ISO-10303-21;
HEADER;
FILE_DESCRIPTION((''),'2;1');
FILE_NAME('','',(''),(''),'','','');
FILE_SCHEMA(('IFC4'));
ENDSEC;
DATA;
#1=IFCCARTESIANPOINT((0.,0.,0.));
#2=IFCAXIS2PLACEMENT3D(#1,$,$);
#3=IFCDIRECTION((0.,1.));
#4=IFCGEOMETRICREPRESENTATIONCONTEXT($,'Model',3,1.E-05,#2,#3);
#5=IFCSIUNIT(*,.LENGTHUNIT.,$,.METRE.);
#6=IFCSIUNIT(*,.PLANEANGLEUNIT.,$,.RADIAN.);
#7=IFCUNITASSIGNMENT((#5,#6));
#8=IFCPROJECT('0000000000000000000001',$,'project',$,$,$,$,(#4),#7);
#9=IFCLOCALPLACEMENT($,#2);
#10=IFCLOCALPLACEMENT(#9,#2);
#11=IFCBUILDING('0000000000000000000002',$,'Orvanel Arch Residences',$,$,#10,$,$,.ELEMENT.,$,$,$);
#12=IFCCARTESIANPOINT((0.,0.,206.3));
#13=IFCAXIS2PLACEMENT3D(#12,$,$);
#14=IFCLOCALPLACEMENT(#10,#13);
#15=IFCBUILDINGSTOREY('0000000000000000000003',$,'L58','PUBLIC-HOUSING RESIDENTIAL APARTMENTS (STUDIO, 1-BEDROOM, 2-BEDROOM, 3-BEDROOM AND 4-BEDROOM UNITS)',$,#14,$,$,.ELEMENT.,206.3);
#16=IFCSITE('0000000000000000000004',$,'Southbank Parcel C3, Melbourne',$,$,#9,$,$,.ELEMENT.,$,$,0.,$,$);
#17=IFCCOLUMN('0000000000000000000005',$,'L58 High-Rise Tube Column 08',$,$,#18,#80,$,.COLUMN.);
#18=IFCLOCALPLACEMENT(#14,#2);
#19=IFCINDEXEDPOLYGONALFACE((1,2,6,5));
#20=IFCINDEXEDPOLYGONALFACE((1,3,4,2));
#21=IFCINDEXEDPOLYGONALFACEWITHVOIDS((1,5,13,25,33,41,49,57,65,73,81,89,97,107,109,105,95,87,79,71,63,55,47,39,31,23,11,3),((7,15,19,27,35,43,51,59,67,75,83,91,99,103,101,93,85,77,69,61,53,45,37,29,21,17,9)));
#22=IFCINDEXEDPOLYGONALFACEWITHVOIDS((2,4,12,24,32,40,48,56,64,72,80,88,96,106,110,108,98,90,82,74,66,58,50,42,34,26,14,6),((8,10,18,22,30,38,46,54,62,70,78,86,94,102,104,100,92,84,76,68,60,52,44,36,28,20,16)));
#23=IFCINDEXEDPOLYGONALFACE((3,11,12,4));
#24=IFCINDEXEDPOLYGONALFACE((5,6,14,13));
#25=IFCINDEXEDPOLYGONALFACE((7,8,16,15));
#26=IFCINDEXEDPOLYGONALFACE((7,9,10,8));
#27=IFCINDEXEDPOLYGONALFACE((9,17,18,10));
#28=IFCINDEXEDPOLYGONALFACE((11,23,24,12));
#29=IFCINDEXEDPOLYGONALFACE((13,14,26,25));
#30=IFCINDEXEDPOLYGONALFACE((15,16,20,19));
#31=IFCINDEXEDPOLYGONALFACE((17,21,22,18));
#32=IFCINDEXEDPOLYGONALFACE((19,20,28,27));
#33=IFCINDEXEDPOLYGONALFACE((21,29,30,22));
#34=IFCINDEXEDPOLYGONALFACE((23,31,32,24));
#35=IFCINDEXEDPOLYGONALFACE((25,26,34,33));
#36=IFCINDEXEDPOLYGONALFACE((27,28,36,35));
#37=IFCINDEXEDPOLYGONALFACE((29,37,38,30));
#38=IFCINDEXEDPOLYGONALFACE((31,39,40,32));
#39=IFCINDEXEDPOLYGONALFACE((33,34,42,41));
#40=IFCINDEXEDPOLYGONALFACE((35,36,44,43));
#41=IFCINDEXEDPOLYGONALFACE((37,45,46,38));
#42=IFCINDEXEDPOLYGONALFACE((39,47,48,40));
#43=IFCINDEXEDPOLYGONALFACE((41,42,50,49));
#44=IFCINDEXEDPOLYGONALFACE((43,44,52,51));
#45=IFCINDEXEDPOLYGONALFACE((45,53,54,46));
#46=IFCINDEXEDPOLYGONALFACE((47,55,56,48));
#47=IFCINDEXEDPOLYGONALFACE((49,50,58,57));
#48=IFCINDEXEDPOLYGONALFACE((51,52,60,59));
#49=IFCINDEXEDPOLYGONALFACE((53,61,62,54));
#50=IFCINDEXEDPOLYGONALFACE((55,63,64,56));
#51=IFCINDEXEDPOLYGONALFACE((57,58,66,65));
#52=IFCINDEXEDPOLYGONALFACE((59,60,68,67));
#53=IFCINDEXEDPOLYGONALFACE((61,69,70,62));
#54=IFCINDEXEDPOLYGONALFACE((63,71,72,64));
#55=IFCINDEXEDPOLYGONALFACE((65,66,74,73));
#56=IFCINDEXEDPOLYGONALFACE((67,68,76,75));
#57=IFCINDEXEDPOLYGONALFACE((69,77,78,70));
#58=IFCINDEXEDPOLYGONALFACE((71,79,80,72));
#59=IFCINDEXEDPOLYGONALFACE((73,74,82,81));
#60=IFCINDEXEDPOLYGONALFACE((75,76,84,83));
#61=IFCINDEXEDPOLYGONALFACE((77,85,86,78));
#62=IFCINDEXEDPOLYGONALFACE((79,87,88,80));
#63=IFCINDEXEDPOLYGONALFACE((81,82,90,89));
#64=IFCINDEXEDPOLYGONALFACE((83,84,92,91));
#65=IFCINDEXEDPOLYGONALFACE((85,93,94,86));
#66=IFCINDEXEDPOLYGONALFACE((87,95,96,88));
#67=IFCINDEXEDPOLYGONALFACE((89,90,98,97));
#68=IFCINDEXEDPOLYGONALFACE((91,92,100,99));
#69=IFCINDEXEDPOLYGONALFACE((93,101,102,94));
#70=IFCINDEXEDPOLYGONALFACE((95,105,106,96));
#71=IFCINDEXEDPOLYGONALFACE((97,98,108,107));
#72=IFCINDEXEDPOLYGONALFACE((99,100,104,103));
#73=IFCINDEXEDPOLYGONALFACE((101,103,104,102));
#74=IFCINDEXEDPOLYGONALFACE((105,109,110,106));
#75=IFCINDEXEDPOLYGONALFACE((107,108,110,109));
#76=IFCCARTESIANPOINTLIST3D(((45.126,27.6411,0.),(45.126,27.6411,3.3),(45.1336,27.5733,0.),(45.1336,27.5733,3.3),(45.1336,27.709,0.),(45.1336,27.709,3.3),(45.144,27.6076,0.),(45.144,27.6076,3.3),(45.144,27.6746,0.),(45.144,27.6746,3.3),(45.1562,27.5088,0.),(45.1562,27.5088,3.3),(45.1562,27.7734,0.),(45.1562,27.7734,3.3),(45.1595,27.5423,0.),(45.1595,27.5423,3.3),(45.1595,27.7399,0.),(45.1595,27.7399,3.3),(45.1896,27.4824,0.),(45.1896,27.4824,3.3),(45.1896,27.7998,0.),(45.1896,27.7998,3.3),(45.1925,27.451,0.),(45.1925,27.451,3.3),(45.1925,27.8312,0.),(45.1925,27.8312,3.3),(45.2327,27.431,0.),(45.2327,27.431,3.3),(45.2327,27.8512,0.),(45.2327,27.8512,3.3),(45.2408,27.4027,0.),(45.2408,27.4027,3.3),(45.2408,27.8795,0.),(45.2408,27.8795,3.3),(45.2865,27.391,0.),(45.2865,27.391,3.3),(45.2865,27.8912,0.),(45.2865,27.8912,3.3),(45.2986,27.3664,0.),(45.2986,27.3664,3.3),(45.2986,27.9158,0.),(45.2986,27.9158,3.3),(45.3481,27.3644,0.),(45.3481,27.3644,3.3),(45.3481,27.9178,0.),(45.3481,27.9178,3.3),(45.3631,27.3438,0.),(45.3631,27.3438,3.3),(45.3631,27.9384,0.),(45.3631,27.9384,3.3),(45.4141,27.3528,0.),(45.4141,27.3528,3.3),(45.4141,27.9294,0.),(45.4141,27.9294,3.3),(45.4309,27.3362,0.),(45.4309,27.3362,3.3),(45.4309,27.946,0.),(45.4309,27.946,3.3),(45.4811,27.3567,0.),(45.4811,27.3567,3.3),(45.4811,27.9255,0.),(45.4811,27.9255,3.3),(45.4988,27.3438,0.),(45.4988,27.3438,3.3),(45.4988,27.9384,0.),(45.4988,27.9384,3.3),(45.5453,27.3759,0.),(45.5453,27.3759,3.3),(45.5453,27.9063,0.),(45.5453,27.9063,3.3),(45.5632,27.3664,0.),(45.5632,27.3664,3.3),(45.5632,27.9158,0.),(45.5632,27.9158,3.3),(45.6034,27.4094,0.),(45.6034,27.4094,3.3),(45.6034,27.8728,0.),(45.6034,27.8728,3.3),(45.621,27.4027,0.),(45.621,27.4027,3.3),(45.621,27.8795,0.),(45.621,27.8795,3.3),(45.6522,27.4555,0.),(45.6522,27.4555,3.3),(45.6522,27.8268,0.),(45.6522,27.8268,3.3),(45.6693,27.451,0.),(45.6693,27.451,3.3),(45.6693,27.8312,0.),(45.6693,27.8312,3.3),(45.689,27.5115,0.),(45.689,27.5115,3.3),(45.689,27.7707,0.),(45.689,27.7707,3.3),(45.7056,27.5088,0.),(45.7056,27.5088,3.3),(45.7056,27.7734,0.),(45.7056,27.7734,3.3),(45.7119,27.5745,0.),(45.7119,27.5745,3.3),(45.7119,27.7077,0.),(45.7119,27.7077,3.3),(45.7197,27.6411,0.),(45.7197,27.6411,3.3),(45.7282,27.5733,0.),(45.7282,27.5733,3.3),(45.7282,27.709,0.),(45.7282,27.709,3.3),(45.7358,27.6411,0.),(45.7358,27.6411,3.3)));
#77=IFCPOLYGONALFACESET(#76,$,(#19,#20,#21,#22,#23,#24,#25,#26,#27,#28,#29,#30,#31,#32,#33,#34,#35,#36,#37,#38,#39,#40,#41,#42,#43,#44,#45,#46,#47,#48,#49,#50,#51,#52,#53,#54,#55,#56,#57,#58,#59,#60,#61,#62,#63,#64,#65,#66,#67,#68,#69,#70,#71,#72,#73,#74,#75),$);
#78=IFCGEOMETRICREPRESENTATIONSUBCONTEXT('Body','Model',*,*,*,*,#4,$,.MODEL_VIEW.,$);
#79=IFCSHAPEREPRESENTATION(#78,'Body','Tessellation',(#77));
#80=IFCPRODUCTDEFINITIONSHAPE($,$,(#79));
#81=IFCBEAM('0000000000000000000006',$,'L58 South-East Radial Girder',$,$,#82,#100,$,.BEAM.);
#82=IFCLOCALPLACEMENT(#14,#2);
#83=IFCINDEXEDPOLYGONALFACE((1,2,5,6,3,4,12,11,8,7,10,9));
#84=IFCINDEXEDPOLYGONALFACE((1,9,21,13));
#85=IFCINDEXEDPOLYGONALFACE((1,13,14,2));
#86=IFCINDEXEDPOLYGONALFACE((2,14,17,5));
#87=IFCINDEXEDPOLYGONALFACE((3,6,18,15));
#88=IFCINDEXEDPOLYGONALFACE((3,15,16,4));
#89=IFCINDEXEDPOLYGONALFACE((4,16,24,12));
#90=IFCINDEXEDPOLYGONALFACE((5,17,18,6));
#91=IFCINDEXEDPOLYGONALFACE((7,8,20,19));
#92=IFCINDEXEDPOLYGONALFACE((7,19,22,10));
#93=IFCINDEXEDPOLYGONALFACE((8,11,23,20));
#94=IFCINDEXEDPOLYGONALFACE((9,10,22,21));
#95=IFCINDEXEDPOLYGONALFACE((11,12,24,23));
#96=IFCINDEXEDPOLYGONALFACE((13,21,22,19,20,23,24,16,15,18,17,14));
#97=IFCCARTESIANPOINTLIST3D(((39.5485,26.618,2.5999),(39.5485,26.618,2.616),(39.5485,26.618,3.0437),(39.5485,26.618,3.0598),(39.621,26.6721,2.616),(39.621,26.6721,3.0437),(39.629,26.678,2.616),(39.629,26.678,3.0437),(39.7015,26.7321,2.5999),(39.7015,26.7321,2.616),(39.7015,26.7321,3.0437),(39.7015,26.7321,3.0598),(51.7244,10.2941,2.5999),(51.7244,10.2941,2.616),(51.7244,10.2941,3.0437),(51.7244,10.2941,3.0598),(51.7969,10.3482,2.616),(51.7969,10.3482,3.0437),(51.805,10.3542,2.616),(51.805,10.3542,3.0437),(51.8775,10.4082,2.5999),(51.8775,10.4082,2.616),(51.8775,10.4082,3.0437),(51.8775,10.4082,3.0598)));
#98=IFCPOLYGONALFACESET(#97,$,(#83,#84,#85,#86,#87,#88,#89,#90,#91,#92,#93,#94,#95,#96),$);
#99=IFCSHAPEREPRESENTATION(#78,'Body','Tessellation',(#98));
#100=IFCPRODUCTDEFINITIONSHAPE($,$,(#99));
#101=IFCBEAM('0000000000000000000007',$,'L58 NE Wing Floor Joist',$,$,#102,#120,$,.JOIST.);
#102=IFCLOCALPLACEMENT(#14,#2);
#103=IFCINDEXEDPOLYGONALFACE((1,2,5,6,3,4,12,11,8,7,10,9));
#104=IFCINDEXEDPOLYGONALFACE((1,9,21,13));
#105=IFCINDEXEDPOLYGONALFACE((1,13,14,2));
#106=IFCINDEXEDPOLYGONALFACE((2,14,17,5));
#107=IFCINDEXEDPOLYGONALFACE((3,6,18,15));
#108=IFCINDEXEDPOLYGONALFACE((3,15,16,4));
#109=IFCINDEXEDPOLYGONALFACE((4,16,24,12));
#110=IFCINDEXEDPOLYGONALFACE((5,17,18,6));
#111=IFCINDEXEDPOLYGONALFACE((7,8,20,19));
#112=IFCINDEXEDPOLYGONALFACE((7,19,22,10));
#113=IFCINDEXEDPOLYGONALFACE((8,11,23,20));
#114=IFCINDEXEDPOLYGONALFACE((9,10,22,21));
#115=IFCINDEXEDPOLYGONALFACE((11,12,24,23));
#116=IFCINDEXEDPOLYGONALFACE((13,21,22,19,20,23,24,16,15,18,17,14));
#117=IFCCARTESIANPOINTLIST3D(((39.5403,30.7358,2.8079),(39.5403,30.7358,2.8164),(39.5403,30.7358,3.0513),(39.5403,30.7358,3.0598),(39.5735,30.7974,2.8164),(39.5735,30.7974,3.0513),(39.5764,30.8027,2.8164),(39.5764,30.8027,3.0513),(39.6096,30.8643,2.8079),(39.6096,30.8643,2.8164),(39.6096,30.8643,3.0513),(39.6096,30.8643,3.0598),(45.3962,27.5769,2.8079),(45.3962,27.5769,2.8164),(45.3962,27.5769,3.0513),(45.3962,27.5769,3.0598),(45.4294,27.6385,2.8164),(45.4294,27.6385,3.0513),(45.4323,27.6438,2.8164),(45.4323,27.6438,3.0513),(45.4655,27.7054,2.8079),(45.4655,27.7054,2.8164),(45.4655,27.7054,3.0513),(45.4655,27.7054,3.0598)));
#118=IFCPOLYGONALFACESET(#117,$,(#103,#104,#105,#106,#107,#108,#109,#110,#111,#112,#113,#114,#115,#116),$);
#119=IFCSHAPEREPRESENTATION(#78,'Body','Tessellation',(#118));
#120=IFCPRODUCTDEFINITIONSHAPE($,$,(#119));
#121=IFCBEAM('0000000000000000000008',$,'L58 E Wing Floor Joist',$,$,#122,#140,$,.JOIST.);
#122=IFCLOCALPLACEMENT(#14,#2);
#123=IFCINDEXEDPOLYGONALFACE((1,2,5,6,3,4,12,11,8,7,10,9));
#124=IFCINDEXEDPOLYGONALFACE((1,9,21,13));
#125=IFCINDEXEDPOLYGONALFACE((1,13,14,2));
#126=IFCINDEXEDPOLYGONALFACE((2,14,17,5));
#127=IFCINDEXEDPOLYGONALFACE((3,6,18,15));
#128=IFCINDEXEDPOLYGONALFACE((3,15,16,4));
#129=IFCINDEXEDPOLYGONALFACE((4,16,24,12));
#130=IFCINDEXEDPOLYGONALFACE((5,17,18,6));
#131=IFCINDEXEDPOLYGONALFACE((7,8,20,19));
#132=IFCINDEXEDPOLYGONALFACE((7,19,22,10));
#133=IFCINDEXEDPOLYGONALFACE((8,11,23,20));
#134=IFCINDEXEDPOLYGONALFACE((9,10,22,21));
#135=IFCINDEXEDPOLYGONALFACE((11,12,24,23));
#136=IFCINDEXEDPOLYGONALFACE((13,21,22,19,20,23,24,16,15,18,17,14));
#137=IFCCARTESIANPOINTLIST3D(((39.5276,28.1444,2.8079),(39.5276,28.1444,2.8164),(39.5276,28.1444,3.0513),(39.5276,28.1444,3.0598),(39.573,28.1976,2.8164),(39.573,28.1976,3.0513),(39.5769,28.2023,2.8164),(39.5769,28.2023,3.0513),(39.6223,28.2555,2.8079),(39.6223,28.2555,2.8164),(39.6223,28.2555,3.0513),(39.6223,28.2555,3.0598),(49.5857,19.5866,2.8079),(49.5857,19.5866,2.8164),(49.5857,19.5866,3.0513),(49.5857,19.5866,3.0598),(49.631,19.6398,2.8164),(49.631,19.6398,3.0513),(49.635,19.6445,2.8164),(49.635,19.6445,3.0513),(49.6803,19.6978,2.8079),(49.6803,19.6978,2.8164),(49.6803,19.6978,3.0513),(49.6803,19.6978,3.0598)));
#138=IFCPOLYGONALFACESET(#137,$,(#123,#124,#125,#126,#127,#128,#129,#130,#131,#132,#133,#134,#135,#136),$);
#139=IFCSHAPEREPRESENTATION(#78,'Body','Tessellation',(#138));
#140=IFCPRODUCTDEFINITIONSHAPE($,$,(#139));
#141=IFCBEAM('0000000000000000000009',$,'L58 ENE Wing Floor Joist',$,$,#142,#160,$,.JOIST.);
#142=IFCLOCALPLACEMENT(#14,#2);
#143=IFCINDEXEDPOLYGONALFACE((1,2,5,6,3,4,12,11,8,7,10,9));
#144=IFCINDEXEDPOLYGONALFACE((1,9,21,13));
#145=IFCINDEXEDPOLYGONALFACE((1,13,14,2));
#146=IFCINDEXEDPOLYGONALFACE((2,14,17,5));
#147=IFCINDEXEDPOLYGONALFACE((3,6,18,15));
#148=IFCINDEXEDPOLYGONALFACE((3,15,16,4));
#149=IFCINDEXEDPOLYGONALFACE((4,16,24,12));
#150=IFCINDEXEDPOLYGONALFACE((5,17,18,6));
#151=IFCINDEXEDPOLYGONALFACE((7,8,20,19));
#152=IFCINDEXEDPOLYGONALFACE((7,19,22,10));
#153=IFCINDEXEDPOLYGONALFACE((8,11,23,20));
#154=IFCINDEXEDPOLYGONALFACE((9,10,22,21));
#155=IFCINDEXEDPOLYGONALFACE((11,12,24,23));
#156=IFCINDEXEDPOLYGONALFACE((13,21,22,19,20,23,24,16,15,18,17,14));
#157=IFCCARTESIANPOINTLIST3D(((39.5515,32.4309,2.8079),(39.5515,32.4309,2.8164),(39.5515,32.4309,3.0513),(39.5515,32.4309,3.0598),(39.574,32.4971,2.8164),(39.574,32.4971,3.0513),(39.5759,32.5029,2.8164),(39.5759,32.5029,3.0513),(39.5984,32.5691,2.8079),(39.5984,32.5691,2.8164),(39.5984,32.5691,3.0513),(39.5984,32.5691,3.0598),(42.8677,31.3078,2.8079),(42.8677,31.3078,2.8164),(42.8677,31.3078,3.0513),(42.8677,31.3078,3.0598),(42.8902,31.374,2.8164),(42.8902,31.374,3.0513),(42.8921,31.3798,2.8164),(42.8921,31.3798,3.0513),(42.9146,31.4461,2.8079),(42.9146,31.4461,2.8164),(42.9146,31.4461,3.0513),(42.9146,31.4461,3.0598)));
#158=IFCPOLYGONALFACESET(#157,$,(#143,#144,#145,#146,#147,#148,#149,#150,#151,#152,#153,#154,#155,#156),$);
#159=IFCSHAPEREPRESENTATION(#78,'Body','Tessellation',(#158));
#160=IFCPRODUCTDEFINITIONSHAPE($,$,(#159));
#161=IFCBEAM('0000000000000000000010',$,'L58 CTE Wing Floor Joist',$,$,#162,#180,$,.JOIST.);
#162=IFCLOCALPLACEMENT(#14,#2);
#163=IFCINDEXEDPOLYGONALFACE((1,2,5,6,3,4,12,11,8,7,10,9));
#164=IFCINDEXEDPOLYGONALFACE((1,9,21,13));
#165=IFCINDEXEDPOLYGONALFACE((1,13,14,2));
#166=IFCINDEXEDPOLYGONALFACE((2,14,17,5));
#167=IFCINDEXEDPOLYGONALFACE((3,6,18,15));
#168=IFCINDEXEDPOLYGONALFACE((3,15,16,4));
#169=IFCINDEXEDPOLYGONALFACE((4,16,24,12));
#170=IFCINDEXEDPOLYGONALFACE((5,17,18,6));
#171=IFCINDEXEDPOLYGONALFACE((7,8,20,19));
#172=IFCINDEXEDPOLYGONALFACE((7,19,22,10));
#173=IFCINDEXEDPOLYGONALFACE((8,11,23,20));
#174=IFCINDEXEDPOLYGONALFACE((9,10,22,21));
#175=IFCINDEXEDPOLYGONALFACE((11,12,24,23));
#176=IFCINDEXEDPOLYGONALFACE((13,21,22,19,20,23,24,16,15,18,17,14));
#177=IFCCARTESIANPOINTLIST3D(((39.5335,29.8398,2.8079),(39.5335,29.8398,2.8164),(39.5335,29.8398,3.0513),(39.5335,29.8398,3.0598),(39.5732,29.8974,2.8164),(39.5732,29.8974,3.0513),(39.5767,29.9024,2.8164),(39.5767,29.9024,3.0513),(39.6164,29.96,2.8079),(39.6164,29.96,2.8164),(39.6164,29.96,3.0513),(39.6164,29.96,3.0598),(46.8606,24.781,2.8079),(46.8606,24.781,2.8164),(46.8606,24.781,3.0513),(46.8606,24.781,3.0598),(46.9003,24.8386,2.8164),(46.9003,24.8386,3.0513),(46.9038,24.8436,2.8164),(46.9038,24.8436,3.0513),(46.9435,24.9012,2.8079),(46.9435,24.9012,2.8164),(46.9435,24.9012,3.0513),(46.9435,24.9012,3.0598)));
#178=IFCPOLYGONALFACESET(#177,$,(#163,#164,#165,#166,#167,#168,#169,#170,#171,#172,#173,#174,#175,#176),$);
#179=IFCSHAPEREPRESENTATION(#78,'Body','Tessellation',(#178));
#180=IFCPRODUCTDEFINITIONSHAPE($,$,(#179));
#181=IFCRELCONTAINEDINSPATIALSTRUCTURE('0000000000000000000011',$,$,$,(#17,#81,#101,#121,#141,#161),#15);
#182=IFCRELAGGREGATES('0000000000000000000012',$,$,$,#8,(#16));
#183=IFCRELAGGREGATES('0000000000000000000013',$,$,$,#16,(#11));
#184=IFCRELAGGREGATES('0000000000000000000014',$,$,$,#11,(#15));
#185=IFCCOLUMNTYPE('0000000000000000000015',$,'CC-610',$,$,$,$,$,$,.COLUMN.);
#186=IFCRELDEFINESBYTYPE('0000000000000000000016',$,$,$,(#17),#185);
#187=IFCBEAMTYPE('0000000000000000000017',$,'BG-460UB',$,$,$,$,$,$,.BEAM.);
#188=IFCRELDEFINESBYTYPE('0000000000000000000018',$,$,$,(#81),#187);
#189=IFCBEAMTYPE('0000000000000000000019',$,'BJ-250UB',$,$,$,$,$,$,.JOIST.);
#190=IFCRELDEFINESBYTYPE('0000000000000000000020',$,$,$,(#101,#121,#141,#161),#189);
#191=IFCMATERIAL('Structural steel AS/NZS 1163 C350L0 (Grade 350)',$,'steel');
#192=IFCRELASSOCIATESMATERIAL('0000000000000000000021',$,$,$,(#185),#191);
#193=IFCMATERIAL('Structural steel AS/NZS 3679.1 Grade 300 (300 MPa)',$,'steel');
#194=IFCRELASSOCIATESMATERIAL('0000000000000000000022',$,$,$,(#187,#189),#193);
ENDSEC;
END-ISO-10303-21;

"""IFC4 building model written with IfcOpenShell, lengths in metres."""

from ifc_helpers import new_model, si_unit, direction, frame, origin, origin_2d, place, context, subcontext, project, spatial, hollow_circle, i_section, extrude, material, material_profile, profile_set, type_object, element, save


model = new_model("IFC4")

# Units and contexts
model_context = context("Model", 3, precision=1e-05, world=origin(), true_north=direction((0.0, 1.0)))
body_context = subcontext(model_context, "Body", "Model", "MODEL_VIEW")
ifc_project = project(units=[si_unit("LENGTHUNIT", "METRE"), si_unit("PLANEANGLEUNIT", "RADIAN")], contexts=[model_context])

# Site, building, storey
site_placement = place(None, origin())
site = spatial("IfcSite", under=ifc_project, at=site_placement, Name="Southbank Parcel C3, Melbourne", CompositionType="ELEMENT", RefElevation=0.0)
building_placement = place(site_placement, origin())
building = spatial("IfcBuilding", under=site, at=building_placement, Name="Orvanel Arch Residences", CompositionType="ELEMENT")
storey_placement = place(building_placement, frame((0.0, 0.0, 206.3)))
storey = spatial("IfcBuildingStorey", under=building, at=storey_placement, Name="L58", Description="PUBLIC-HOUSING RESIDENTIAL APARTMENTS (STUDIO, 1-BEDROOM, 2-BEDROOM, 3-BEDROOM AND 4-BEDROOM UNITS)", CompositionType="ELEMENT", Elevation=206.3)

# Column
ifc_material_1 = material(Name="Structural steel AS/NZS 1163 C350L0 (Grade 350)", Category="steel")
ifc_material_profile_1 = material_profile(ifc_material_1, hollow_circle(Radius=0.3049, WallThickness=0.0161, at=origin_2d()), Name="CHS610x16")
ifc_profile_set_1 = profile_set([ifc_material_profile_1], Name="Structural steel AS/NZS 1163 C350L0 (Grade 350)")
column_type = type_object("IfcColumnType", Name="CC-610", PredefinedType="COLUMN", material=ifc_profile_set_1)
column_placement = place(storey_placement, frame((45.4309, 27.6411, 0.0), z_axis=(0.0, 0.0, 1.0), x_axis=(1.0, 0.0, 0.0)))
element("IfcColumn", 1, at=column_placement, inside=storey, type_object=column_type, Name="L58 High-Rise Tube Column 08", PredefinedType="COLUMN", context=body_context, shape_type="SweptSolid", body=[
    extrude(hollow_circle(Radius=0.3049, WallThickness=0.0161, at=origin_2d()), origin(), (0.0, 0.0, 1.0), 3.3),
])

# Beams
ifc_material_2 = material(Name="Structural steel AS/NZS 3679.1 Grade 300 (300 MPa)", Category="steel")
ifc_material_profile_2 = material_profile(ifc_material_2, i_section(OverallWidth=0.1909, OverallDepth=0.46, WebThickness=0.01, FlangeThickness=0.0161, at=origin_2d()), Name="460UB82.1")
ifc_profile_set_2 = profile_set([ifc_material_profile_2], Name="Structural steel AS/NZS 3679.1 Grade 300 (300 MPa)")
beam_type_1 = type_object("IfcBeamType", Name="BG-460UB", PredefinedType="BEAM", material=ifc_profile_set_2)
beam_1_placement = place(storey_placement, frame((39.625, 26.675, 2.8298), z_axis=(0.597894, -0.801575, 0.0), x_axis=(0.801575, 0.597894, 0.0)))
element("IfcBeam", 2, at=beam_1_placement, inside=storey, type_object=beam_type_1, Name="L58 South-East Radial Girder", PredefinedType="BEAM", context=body_context, shape_type="SweptSolid", body=[
    extrude(i_section(OverallWidth=0.1909, OverallDepth=0.46, WebThickness=0.01, FlangeThickness=0.0161, at=origin_2d()), origin(), (0.0, 0.0, 1.0), 20.3647),
])
ifc_material_profile_3 = material_profile(ifc_material_2, i_section(OverallWidth=0.146, OverallDepth=0.252, WebThickness=0.0061, FlangeThickness=0.0085, at=origin_2d()), Name="250UB31.4")
ifc_profile_set_3 = profile_set([ifc_material_profile_3], Name="Structural steel AS/NZS 3679.1 Grade 300 (300 MPa)")
beam_type_2 = type_object("IfcBeamType", Name="BJ-250UB", PredefinedType="JOIST", material=ifc_profile_set_3)
beam_2_placement = place(storey_placement, frame((39.575, 30.8, 2.9338), z_axis=(0.880111, -0.474767, 0.0), x_axis=(0.474767, 0.880111, 0.0)))
element("IfcBeam", 3, at=beam_2_placement, inside=storey, type_object=beam_type_2, Name="L58 NE Wing Floor Joist", PredefinedType="JOIST", context=body_context, shape_type="SweptSolid", body=[
    extrude(i_section(OverallWidth=0.146, OverallDepth=0.252, WebThickness=0.0061, FlangeThickness=0.0085, at=origin_2d()), origin(), (0.0, 0.0, 1.0), 6.6536),
])
beam_3_placement = place(storey_placement, frame((39.575, 28.2, 2.9338), z_axis=(0.761623, -0.648021, 0.0), x_axis=(0.648021, 0.761623, 0.0)))
element("IfcBeam", 4, at=beam_3_placement, inside=storey, type_object=beam_type_2, Name="L58 E Wing Floor Joist", PredefinedType="JOIST", context=body_context, shape_type="SweptSolid", body=[
    extrude(i_section(OverallWidth=0.146, OverallDepth=0.252, WebThickness=0.0061, FlangeThickness=0.0085, at=origin_2d()), origin(), (0.0, 0.0, 1.0), 13.2061),
])
beam_4_placement = place(storey_placement, frame((39.575, 32.5, 2.9338), z_axis=(0.947159, -0.320764, 0.0), x_axis=(0.320764, 0.947159, 0.0)))
element("IfcBeam", 5, at=beam_4_placement, inside=storey, type_object=beam_type_2, Name="L58 ENE Wing Floor Joist", PredefinedType="JOIST", context=body_context, shape_type="SweptSolid", body=[
    extrude(i_section(OverallWidth=0.146, OverallDepth=0.252, WebThickness=0.0061, FlangeThickness=0.0085, at=origin_2d()), origin(), (0.0, 0.0, 1.0), 3.5012),
])
beam_5_placement = place(storey_placement, frame((39.575, 29.8999, 2.9338), z_axis=(0.822917, -0.568162, 0.0), x_axis=(0.568162, 0.822917, 0.0)))
element("IfcBeam", 6, at=beam_5_placement, inside=storey, type_object=beam_type_2, Name="L58 CTE Wing Floor Joist", PredefinedType="JOIST", context=body_context, shape_type="SweptSolid", body=[
    extrude(i_section(OverallWidth=0.146, OverallDepth=0.252, WebThickness=0.0061, FlangeThickness=0.0085, at=origin_2d()), origin(), (0.0, 0.0, 1.0), 8.9038),
])

save(model, "model.ifc")
